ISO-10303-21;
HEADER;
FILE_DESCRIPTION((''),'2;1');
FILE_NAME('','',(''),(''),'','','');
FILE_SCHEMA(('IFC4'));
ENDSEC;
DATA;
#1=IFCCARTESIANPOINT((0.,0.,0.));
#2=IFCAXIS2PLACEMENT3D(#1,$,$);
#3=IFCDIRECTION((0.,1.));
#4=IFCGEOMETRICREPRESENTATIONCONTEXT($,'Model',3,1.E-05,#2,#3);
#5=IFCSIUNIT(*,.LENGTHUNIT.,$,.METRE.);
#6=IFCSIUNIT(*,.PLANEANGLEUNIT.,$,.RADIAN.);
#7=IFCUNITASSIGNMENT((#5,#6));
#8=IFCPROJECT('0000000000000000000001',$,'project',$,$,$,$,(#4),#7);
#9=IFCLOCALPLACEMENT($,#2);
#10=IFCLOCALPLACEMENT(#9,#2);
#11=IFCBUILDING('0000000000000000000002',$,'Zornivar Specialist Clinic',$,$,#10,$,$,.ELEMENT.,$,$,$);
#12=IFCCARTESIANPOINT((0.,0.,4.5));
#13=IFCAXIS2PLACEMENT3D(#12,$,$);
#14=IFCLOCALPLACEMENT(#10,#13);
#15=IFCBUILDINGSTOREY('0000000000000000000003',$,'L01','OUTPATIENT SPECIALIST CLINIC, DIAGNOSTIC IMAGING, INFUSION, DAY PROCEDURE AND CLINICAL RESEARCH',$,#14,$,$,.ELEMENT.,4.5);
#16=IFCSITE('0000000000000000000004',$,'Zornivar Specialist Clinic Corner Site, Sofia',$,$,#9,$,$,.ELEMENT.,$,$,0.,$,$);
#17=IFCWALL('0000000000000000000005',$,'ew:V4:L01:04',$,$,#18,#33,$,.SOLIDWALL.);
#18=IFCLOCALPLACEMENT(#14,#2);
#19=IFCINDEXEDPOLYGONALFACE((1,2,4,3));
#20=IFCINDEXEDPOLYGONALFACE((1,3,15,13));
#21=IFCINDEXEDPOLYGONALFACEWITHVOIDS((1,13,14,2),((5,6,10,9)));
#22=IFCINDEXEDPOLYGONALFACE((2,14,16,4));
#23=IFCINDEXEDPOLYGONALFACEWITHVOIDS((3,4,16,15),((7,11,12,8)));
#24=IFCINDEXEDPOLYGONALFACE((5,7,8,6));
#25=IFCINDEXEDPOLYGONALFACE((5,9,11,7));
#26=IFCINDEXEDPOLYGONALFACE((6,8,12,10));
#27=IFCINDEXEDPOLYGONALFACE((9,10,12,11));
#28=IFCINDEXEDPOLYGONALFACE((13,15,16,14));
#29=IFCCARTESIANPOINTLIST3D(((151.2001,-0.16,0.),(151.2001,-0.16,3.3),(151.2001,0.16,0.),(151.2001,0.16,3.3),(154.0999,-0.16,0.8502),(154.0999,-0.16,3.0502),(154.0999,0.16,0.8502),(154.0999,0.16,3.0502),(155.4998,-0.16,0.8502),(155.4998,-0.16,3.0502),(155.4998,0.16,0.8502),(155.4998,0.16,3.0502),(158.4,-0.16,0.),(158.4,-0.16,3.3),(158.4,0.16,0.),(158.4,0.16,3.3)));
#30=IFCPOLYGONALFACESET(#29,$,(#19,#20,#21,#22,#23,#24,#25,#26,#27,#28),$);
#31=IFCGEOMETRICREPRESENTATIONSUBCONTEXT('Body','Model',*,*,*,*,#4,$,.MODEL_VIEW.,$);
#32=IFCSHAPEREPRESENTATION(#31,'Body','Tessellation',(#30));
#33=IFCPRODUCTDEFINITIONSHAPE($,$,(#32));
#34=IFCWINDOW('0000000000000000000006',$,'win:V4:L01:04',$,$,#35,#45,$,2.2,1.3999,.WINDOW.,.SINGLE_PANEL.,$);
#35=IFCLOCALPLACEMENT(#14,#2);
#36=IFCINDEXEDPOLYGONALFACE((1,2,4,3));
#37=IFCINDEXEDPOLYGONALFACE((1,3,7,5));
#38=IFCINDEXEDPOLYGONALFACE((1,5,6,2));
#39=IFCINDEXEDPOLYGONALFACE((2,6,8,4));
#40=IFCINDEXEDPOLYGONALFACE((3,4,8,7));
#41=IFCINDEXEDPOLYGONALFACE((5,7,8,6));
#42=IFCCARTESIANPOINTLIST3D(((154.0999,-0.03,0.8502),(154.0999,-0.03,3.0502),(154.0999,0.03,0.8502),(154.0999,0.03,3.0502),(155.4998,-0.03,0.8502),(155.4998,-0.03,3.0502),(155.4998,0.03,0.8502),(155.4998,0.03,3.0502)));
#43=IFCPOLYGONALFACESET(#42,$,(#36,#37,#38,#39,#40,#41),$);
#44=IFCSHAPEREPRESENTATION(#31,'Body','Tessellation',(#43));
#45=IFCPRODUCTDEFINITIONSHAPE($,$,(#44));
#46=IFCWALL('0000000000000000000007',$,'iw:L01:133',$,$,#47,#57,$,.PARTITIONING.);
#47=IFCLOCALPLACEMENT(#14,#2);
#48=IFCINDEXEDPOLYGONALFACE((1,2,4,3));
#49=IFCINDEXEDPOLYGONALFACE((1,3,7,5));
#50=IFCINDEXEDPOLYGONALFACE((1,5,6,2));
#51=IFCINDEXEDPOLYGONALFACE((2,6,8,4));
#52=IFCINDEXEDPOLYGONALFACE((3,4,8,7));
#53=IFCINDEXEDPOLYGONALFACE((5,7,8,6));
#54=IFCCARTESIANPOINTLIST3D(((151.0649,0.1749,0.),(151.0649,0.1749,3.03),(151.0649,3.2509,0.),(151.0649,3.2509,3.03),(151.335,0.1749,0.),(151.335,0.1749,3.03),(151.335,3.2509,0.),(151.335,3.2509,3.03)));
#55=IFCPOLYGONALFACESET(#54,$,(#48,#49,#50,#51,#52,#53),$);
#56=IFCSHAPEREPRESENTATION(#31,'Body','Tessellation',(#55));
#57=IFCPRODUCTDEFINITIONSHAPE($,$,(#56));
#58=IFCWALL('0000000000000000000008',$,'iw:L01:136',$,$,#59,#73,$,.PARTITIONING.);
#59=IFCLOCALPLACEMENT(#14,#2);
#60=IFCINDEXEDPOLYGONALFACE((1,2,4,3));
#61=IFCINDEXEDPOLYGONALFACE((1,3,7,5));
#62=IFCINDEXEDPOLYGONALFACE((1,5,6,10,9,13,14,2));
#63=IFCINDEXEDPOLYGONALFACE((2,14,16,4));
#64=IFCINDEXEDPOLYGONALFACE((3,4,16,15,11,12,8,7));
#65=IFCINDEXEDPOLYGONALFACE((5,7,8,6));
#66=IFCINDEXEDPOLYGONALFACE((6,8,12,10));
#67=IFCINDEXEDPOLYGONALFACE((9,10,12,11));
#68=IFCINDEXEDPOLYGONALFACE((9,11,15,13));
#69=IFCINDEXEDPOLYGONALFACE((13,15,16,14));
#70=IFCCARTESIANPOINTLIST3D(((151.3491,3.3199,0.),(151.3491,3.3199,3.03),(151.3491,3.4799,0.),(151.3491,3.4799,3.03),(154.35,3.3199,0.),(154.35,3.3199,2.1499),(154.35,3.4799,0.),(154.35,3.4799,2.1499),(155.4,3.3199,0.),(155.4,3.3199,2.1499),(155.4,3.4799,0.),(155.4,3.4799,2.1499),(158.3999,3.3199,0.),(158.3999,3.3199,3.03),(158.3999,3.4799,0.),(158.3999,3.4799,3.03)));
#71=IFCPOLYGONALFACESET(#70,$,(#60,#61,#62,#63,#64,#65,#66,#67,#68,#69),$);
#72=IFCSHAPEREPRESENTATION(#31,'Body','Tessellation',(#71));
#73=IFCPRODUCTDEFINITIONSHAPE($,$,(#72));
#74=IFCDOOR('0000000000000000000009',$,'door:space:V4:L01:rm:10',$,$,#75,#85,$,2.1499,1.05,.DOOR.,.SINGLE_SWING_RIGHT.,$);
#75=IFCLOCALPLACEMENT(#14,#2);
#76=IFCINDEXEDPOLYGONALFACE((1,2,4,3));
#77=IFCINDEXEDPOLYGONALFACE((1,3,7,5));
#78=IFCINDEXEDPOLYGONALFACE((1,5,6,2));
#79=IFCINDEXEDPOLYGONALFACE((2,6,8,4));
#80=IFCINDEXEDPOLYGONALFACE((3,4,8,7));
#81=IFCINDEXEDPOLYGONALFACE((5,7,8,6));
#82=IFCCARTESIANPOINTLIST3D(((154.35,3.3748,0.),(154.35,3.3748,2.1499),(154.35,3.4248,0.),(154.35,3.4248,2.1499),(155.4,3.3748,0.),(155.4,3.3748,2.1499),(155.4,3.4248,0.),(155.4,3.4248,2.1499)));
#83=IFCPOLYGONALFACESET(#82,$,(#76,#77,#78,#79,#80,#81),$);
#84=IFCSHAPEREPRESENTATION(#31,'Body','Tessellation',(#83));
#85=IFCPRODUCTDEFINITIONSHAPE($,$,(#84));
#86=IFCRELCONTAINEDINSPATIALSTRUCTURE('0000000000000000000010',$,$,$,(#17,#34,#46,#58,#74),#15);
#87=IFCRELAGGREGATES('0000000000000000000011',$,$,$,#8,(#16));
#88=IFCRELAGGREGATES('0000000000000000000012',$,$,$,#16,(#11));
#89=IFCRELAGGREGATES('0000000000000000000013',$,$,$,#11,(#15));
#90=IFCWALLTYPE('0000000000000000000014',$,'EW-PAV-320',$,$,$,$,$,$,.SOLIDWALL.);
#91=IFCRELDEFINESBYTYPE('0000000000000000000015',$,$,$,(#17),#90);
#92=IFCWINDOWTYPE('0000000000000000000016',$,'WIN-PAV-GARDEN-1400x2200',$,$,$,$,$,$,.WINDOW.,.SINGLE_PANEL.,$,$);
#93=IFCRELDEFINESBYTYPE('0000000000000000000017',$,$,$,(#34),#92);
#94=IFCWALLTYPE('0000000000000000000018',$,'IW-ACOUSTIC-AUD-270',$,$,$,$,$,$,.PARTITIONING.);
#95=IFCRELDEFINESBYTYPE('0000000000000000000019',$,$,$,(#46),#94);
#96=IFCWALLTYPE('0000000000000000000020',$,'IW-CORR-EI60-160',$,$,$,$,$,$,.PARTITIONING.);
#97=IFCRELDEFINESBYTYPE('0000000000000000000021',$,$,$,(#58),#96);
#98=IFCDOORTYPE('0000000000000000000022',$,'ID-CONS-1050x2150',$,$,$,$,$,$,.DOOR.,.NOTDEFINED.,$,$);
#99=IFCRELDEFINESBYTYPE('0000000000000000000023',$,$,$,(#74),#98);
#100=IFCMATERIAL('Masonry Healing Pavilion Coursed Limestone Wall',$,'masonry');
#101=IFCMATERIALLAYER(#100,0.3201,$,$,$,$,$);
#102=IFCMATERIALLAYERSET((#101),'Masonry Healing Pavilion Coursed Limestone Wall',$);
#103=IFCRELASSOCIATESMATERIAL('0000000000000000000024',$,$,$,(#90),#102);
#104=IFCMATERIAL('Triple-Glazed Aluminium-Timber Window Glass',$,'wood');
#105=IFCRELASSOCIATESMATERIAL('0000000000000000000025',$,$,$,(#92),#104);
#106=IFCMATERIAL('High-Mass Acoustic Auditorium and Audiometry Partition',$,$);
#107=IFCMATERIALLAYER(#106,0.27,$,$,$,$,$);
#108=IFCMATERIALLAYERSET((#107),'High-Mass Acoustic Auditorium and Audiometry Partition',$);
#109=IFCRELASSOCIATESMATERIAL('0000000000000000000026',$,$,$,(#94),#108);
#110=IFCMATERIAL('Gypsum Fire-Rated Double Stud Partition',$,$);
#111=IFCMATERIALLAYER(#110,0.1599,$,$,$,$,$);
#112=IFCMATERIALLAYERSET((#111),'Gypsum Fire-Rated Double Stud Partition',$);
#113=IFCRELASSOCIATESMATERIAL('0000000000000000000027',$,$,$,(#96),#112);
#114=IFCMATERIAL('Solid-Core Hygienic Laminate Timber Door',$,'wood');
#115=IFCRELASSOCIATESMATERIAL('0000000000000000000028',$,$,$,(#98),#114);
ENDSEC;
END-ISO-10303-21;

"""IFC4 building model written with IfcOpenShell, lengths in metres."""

from ifc_helpers import new_model, si_unit, direction, frame, frame_2d, origin, place, context, subcontext, project, spatial, rectangle, extrude, material, layer, layer_set, type_object, element, fill, save


model = new_model("IFC4")

# Units and contexts
model_context = context("Model", 3, precision=1e-05, world=origin(), true_north=direction((0.0, 1.0)))
body_context = subcontext(model_context, "Body", "Model", "MODEL_VIEW")
ifc_project = project(units=[si_unit("LENGTHUNIT", "METRE"), si_unit("PLANEANGLEUNIT", "RADIAN")], contexts=[model_context])

# Site, building, storey
site_placement = place(None, origin())
site = spatial("IfcSite", under=ifc_project, at=site_placement, Name="Zornivar Specialist Clinic Corner Site, Sofia", CompositionType="ELEMENT", RefElevation=0.0)
building_placement = place(site_placement, origin())
building = spatial("IfcBuilding", under=site, at=building_placement, Name="Zornivar Specialist Clinic", CompositionType="ELEMENT")
storey_placement = place(building_placement, frame((0.0, 0.0, 4.5)))
storey = spatial("IfcBuildingStorey", under=building, at=storey_placement, Name="L01", Description="OUTPATIENT SPECIALIST CLINIC, DIAGNOSTIC IMAGING, INFUSION, DAY PROCEDURE AND CLINICAL RESEARCH", CompositionType="ELEMENT", Elevation=4.5)

# Wall, opening, window
ifc_material_1 = material(Name="Masonry Healing Pavilion Coursed Limestone Wall", Category="masonry")
ifc_layer_1 = layer(ifc_material_1, 0.3201)
ifc_layer_set_1 = layer_set([ifc_layer_1], Name="Masonry Healing Pavilion Coursed Limestone Wall")
wall_type_1 = type_object("IfcWallType", Name="EW-PAV-320", PredefinedType="SOLIDWALL", material=ifc_layer_set_1)
wall_1_placement = place(storey_placement, frame((151.2, 0.0, 0.0), z_axis=(0.0, 0.0, 1.0), x_axis=(1.0, 0.0, 0.0)))
wall_1 = element("IfcWall", 1, at=wall_1_placement, inside=storey, type_object=wall_type_1, Name="ew:V4:L01:04", PredefinedType="SOLIDWALL", context=body_context, shape_type="SweptSolid", body=[
    extrude(rectangle(XDim=7.2, YDim=0.3201, at=frame_2d((3.6001, 0.0))), origin(), (0.0, 0.0, 1.0), 3.3),
])
opening_1_placement = place(wall_1_placement, frame((2.8999, 0.0, 0.8501)))
opening_1 = element("IfcOpeningElement", 2, at=opening_1_placement, cuts=wall_1, PredefinedType="OPENING", context=body_context, shape_type="SweptSolid", body=[
    extrude(rectangle(XDim=1.3999, YDim=2.2, at=frame_2d((0.7, 1.1001))), frame((0.0, 0.1699, 0.0), z_axis=(0.0, -1.0, 0.0), x_axis=(1.0, 0.0, 0.0)), (0.0, 0.0, 1.0), 0.3401),
])
ifc_material_2 = material(Name="Triple-Glazed Aluminium-Timber Window Glass", Category="wood")
window_type = type_object("IfcWindowType", Name="WIN-PAV-GARDEN-1400x2200", PartitioningType="SINGLE_PANEL", PredefinedType="WINDOW", material=ifc_material_2)
window_placement = place(opening_1_placement, origin())
window = element("IfcWindow", 3, at=window_placement, inside=storey, type_object=window_type, Name="win:V4:L01:04", OverallHeight=2.2, OverallWidth=1.3999, PartitioningType="SINGLE_PANEL", PredefinedType="WINDOW", context=body_context, shape_type="SweptSolid", body=[
    extrude(rectangle(XDim=1.3999, YDim=2.2, at=frame_2d((0.7, 1.1001))), frame((0.0, 0.03, 0.0), z_axis=(0.0, -1.0, 0.0), x_axis=(1.0, 0.0, 0.0)), (0.0, 0.0, 1.0), 0.0601),
])
fill(opening_1, window)

# Wall
ifc_material_3 = material(Name="High-Mass Acoustic Auditorium and Audiometry Partition")
ifc_layer_2 = layer(ifc_material_3, 0.27)
ifc_layer_set_2 = layer_set([ifc_layer_2], Name="High-Mass Acoustic Auditorium and Audiometry Partition")
wall_type_2 = type_object("IfcWallType", Name="IW-ACOUSTIC-AUD-270", PredefinedType="PARTITIONING", material=ifc_layer_set_2)
wall_2_placement = place(storey_placement, frame((151.2, 3.251, 0.0), z_axis=(0.0, 0.0, 1.0), x_axis=(0.0, -1.0, 0.0)))
element("IfcWall", 4, at=wall_2_placement, inside=storey, type_object=wall_type_2, Name="iw:L01:133", PredefinedType="PARTITIONING", context=body_context, shape_type="SweptSolid", body=[
    extrude(rectangle(XDim=3.0759, YDim=0.27, at=frame_2d((1.5381, 0.0))), origin(), (0.0, 0.0, 1.0), 3.03),
])

# Wall, opening, door
ifc_material_4 = material(Name="Gypsum Fire-Rated Double Stud Partition")
ifc_layer_3 = layer(ifc_material_4, 0.1599)
ifc_layer_set_3 = layer_set([ifc_layer_3], Name="Gypsum Fire-Rated Double Stud Partition")
wall_type_3 = type_object("IfcWallType", Name="IW-CORR-EI60-160", PredefinedType="PARTITIONING", material=ifc_layer_set_3)
wall_3_placement = place(storey_placement, frame((151.3491, 3.3999, 0.0), z_axis=(0.0, 0.0, 1.0), x_axis=(1.0, 0.0, 0.0)))
wall_3 = element("IfcWall", 5, at=wall_3_placement, inside=storey, type_object=wall_type_3, Name="iw:L01:136", PredefinedType="PARTITIONING", context=body_context, shape_type="SweptSolid", body=[
    extrude(rectangle(XDim=7.0508, YDim=0.1599, at=frame_2d((3.5254, 0.0))), origin(), (0.0, 0.0, 1.0), 3.03),
])
opening_2_placement = place(wall_3_placement, frame((3.001, 0.0, 0.0)))
opening_2 = element("IfcOpeningElement", 6, at=opening_2_placement, cuts=wall_3, PredefinedType="OPENING", context=body_context, shape_type="SweptSolid", body=[
    extrude(rectangle(XDim=1.05, YDim=2.1499, at=frame_2d((0.5249, 1.075))), frame((0.0, 0.0898, 0.0), z_axis=(0.0, -1.0, 0.0), x_axis=(1.0, 0.0, 0.0)), (0.0, 0.0, 1.0), 0.1799),
])
ifc_material_5 = material(Name="Solid-Core Hygienic Laminate Timber Door", Category="wood")
door_type = type_object("IfcDoorType", Name="ID-CONS-1050x2150", OperationType="NOTDEFINED", PredefinedType="DOOR", material=ifc_material_5)
door_placement = place(opening_2_placement, origin())
door = element("IfcDoor", 7, at=door_placement, inside=storey, type_object=door_type, Name="door:space:V4:L01:rm:10", OperationType="SINGLE_SWING_RIGHT", OverallHeight=2.1499, OverallWidth=1.05, PredefinedType="DOOR", context=body_context, shape_type="SweptSolid", body=[
    extrude(rectangle(XDim=1.05, YDim=2.1499, at=frame_2d((0.5249, 1.075))), frame((0.0, 0.0249, 0.0), z_axis=(0.0, -1.0, 0.0), x_axis=(1.0, 0.0, 0.0)), (0.0, 0.0, 1.0), 0.05),
])
fill(opening_2, door)

save(model, "model.ifc")
